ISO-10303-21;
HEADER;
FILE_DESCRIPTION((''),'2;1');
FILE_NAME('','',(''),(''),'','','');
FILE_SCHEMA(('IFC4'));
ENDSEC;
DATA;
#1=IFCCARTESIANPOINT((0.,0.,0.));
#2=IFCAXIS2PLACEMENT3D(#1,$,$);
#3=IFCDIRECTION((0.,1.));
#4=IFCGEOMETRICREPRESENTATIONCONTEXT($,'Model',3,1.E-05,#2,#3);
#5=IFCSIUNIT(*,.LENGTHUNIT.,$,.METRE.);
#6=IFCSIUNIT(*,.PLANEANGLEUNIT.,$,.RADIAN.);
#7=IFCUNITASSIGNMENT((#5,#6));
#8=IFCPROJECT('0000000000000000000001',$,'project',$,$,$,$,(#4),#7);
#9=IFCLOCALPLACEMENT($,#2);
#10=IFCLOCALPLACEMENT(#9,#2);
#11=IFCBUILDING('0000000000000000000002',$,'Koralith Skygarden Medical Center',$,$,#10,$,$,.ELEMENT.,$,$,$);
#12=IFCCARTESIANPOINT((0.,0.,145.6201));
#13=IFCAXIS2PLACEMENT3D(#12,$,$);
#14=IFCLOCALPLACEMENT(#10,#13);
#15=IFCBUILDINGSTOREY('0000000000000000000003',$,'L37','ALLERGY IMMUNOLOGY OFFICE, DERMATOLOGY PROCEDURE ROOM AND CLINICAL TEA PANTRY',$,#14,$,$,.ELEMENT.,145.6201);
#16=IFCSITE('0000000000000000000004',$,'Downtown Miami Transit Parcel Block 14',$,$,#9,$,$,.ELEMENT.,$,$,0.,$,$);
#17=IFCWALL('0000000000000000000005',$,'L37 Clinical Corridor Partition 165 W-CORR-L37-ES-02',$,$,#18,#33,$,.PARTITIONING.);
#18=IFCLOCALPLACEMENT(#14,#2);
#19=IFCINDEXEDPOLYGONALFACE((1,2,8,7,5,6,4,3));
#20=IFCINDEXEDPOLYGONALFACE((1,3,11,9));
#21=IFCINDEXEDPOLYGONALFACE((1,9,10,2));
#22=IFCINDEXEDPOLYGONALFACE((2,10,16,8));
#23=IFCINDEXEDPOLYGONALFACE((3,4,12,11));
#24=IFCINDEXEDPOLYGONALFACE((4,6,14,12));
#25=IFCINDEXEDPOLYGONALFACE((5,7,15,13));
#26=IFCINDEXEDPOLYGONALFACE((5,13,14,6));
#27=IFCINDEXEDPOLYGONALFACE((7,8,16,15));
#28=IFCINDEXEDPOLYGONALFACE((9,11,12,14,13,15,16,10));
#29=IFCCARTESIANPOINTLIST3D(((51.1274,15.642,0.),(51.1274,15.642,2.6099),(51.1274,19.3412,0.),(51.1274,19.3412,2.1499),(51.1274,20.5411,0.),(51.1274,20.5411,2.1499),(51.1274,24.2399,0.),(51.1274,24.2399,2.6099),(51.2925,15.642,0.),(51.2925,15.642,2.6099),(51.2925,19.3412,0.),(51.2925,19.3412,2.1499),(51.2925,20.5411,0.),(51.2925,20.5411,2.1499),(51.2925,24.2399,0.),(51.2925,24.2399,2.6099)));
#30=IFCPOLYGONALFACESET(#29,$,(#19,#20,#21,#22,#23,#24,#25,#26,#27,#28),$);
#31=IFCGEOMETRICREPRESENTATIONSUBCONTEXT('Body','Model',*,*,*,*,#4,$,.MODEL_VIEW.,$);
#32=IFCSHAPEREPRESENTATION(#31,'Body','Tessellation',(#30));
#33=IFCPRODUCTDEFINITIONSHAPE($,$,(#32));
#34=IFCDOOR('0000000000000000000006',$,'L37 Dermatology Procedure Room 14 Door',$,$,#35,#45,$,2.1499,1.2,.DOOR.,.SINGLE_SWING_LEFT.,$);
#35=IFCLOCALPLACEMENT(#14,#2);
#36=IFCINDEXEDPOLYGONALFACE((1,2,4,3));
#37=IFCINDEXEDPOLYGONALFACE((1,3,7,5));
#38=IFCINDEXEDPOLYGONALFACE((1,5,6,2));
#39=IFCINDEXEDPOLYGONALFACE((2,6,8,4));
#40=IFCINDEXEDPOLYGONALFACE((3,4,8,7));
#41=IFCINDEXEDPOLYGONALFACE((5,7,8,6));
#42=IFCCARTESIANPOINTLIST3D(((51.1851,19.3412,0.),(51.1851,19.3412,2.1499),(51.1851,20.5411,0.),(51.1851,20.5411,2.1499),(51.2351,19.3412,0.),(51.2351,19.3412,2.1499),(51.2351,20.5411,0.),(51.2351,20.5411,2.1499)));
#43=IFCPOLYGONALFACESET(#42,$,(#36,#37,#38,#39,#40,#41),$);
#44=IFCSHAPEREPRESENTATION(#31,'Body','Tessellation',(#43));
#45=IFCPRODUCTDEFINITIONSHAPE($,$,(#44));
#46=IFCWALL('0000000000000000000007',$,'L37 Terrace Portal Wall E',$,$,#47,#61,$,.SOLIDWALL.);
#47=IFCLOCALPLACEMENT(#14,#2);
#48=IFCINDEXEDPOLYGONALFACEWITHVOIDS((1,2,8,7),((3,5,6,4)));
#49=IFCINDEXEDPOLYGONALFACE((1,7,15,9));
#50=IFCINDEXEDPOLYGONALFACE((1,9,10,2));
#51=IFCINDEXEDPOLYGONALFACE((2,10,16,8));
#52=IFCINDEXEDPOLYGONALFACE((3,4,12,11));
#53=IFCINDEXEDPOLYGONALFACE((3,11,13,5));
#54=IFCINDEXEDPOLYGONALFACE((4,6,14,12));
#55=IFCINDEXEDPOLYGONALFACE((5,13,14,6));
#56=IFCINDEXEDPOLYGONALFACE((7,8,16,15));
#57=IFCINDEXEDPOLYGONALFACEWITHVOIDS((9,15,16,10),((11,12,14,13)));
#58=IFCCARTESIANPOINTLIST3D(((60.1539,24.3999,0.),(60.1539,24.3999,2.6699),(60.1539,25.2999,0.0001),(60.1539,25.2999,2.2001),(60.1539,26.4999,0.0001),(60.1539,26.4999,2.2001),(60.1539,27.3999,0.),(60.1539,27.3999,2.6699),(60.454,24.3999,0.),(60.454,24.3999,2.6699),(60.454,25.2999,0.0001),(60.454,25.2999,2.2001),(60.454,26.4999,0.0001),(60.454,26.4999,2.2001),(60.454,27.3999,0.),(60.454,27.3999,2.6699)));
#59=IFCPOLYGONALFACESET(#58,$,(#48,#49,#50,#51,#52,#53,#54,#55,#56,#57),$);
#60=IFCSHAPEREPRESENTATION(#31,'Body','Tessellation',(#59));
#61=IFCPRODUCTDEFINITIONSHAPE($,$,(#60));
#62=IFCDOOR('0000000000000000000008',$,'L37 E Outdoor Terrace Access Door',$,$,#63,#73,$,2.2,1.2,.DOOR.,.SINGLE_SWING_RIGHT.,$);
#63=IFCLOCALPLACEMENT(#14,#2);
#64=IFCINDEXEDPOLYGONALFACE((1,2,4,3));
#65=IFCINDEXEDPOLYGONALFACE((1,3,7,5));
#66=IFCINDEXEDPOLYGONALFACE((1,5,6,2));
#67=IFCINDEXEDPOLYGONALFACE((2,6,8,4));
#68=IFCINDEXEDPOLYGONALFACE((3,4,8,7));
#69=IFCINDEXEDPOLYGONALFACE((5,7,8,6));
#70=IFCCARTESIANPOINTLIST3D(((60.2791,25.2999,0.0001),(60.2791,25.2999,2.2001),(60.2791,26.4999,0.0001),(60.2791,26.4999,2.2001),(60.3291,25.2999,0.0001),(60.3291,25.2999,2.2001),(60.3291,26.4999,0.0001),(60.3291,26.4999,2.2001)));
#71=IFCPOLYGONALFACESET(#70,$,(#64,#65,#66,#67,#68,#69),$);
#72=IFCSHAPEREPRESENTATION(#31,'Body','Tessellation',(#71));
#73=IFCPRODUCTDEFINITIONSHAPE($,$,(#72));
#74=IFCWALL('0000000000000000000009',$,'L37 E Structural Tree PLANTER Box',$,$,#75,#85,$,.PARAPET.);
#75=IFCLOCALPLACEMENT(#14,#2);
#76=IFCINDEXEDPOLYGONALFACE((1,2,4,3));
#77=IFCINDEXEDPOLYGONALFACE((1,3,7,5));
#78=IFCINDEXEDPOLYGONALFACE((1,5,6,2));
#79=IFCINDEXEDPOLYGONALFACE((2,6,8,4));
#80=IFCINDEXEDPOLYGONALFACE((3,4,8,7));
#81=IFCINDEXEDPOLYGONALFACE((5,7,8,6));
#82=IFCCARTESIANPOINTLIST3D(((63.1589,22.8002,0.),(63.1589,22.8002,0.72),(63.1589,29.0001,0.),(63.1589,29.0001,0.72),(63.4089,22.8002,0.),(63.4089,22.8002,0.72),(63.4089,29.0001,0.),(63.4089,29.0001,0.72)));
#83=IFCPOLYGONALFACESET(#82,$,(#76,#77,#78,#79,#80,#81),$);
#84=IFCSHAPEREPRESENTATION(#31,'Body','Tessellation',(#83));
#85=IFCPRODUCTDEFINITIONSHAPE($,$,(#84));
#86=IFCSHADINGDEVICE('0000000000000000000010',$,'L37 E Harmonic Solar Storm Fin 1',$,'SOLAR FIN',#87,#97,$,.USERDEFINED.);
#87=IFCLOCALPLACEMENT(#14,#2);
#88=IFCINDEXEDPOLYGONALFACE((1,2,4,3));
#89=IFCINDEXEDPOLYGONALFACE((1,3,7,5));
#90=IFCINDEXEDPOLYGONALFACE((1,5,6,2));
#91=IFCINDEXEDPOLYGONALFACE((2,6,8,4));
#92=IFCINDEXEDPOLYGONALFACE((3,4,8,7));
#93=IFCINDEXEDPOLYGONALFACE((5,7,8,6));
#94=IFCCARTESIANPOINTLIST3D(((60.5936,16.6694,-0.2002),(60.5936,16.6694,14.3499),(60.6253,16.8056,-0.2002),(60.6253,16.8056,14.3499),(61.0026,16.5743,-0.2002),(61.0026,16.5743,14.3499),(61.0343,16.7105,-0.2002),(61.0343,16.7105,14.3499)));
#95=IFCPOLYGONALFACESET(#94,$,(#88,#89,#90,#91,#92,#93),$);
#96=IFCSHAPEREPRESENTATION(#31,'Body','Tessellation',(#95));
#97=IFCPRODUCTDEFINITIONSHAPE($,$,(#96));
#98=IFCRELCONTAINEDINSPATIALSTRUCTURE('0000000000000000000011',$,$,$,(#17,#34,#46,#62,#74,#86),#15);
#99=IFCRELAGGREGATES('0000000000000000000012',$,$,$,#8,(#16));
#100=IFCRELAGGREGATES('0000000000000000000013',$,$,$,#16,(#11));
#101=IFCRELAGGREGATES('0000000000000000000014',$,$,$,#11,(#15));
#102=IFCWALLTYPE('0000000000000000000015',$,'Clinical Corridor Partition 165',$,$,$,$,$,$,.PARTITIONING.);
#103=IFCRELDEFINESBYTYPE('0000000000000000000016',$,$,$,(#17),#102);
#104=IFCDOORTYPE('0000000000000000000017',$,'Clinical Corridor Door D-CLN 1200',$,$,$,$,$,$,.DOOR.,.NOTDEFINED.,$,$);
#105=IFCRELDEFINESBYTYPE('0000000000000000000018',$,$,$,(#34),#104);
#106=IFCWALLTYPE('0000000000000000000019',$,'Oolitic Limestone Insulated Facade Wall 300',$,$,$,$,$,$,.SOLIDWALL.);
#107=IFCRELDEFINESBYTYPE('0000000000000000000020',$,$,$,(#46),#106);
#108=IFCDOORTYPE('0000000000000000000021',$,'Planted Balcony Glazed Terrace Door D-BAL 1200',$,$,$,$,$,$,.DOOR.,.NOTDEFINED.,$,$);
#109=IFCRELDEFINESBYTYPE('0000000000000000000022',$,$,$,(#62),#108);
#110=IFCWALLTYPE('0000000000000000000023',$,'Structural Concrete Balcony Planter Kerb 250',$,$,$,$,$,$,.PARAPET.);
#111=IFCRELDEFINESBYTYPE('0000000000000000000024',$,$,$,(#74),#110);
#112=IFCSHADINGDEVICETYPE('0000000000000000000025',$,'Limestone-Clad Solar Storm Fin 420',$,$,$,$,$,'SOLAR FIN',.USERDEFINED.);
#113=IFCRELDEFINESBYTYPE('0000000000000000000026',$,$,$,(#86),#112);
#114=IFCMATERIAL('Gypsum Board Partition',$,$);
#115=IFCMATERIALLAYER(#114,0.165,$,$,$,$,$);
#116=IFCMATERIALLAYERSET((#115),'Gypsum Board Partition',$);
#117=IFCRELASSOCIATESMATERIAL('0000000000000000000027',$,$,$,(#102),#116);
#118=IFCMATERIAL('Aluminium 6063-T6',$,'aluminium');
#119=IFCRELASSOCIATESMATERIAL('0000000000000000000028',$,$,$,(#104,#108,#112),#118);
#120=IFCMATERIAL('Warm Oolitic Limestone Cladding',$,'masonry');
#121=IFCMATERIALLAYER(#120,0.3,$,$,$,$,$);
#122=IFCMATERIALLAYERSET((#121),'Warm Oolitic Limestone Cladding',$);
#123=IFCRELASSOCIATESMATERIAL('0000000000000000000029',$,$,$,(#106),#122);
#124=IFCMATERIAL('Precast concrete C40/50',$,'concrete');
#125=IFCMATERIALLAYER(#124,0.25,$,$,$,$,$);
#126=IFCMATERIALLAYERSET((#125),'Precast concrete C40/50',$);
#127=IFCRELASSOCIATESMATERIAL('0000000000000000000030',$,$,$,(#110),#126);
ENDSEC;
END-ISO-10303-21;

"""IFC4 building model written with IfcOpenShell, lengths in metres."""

from ifc_helpers import new_model, si_unit, direction, frame, frame_2d, origin, origin_2d, place, context, subcontext, project, spatial, rectangle, extrude, material, layer, layer_set, type_object, element, fill, save


model = new_model("IFC4")

# Units and contexts
model_context = context("Model", 3, precision=1e-05, world=origin(), true_north=direction((0.0, 1.0)))
body_context = subcontext(model_context, "Body", "Model", "MODEL_VIEW")
ifc_project = project(units=[si_unit("LENGTHUNIT", "METRE"), si_unit("PLANEANGLEUNIT", "RADIAN")], contexts=[model_context])

# Site, building, storey
site_placement = place(None, origin())
site = spatial("IfcSite", under=ifc_project, at=site_placement, Name="Downtown Miami Transit Parcel Block 14", CompositionType="ELEMENT", RefElevation=0.0)
building_placement = place(site_placement, origin())
building = spatial("IfcBuilding", under=site, at=building_placement, Name="Koralith Skygarden Medical Center", CompositionType="ELEMENT")
storey_placement = place(building_placement, frame((0.0, 0.0, 145.6201)))
storey = spatial("IfcBuildingStorey", under=building, at=storey_placement, Name="L37", Description="ALLERGY IMMUNOLOGY OFFICE, DERMATOLOGY PROCEDURE ROOM AND CLINICAL TEA PANTRY", CompositionType="ELEMENT", Elevation=145.6201)

# Shared definitions
ifc_material_1 = material(Name="Aluminium 6063-T6", Category="aluminium")

# Shared definitions
ifc_material_2 = material(Name="Gypsum Board Partition")
ifc_layer_1 = layer(ifc_material_2, 0.165)
ifc_layer_set_1 = layer_set([ifc_layer_1], Name="Gypsum Board Partition")
wall_type_1 = type_object("IfcWallType", Name="Clinical Corridor Partition 165", PredefinedType="PARTITIONING", material=ifc_layer_set_1)

# Walls, openings, doors
wall_1_placement = place(storey_placement, frame((51.21, 15.6421, 0.0), z_axis=(0.0, 0.0, 1.0), x_axis=(0.0, 1.0, 0.0)))
wall_1 = element("IfcWall", 1, at=wall_1_placement, inside=storey, type_object=wall_type_1, Name="L37 Clinical Corridor Partition 165 W-CORR-L37-ES-02", PredefinedType="PARTITIONING", context=body_context, shape_type="SweptSolid", body=[
    extrude(rectangle(XDim=8.5979, YDim=0.165, at=frame_2d((4.2988, 0.0))), origin(), (0.0, 0.0, 1.0), 2.6099),
])
opening_1_placement = place(wall_1_placement, frame((3.699, 0.0, 0.0)))
opening_1 = element("IfcOpeningElement", 2, at=opening_1_placement, cuts=wall_1, PredefinedType="OPENING", context=body_context, shape_type="SweptSolid", body=[
    extrude(rectangle(XDim=1.2, YDim=2.1499, at=frame_2d((0.6001, 1.075))), frame((0.0, 0.0925, 0.0), z_axis=(0.0, -1.0, 0.0), x_axis=(1.0, 0.0, 0.0)), (0.0, 0.0, 1.0), 0.1851),
])
door_type_1 = type_object("IfcDoorType", Name="Clinical Corridor Door D-CLN 1200", OperationType="NOTDEFINED", PredefinedType="DOOR", material=ifc_material_1)
door_1_placement = place(opening_1_placement, origin())
door_1 = element("IfcDoor", 3, at=door_1_placement, inside=storey, type_object=door_type_1, Name="L37 Dermatology Procedure Room 14 Door", OperationType="SINGLE_SWING_LEFT", OverallHeight=2.1499, OverallWidth=1.2, PredefinedType="DOOR", context=body_context, shape_type="SweptSolid", body=[
    extrude(rectangle(XDim=1.2, YDim=2.1499, at=frame_2d((0.6001, 1.075))), frame((0.0, 0.0249, 0.0), z_axis=(0.0, -1.0, 0.0), x_axis=(1.0, 0.0, 0.0)), (0.0, 0.0, 1.0), 0.05),
])
fill(opening_1, door_1)
ifc_material_3 = material(Name="Warm Oolitic Limestone Cladding", Category="masonry")
ifc_layer_2 = layer(ifc_material_3, 0.3)
ifc_layer_set_2 = layer_set([ifc_layer_2], Name="Warm Oolitic Limestone Cladding")
wall_type_2 = type_object("IfcWallType", Name="Oolitic Limestone Insulated Facade Wall 300", PredefinedType="SOLIDWALL", material=ifc_layer_set_2)
wall_2_placement = place(storey_placement, frame((60.304, 24.3999, 0.0), z_axis=(0.0, 0.0, 1.0), x_axis=(0.0, 1.0, 0.0)))
wall_2 = element("IfcWall", 4, at=wall_2_placement, inside=storey, type_object=wall_type_2, Name="L37 Terrace Portal Wall E", PredefinedType="SOLIDWALL", context=body_context, shape_type="SweptSolid", body=[
    extrude(rectangle(XDim=3.0, YDim=0.3, at=frame_2d((1.5, 0.0))), origin(), (0.0, 0.0, 1.0), 2.6699),
])
opening_2_placement = place(wall_2_placement, frame((0.8999, 0.0, 0.0)))
opening_2 = element("IfcOpeningElement", 5, at=opening_2_placement, cuts=wall_2, PredefinedType="OPENING", context=body_context, shape_type="SweptSolid", body=[
    extrude(rectangle(XDim=1.2, YDim=2.2, at=frame_2d((0.6001, 1.1001))), frame((0.0, 0.1599, 0.0), z_axis=(0.0, -1.0, 0.0), x_axis=(1.0, 0.0, 0.0)), (0.0, 0.0, 1.0), 0.3201),
])
door_type_2 = type_object("IfcDoorType", Name="Planted Balcony Glazed Terrace Door D-BAL 1200", OperationType="NOTDEFINED", PredefinedType="DOOR", material=ifc_material_1)
door_2_placement = place(opening_2_placement, origin())
door_2 = element("IfcDoor", 6, at=door_2_placement, inside=storey, type_object=door_type_2, Name="L37 E Outdoor Terrace Access Door", OperationType="SINGLE_SWING_RIGHT", OverallHeight=2.2, OverallWidth=1.2, PredefinedType="DOOR", context=body_context, shape_type="SweptSolid", body=[
    extrude(rectangle(XDim=1.2, YDim=2.2, at=frame_2d((0.6001, 1.1001))), frame((0.0, 0.0249, 0.0), z_axis=(0.0, -1.0, 0.0), x_axis=(1.0, 0.0, 0.0)), (0.0, 0.0, 1.0), 0.05),
])
fill(opening_2, door_2)

# Wall
ifc_material_4 = material(Name="Precast concrete C40/50", Category="concrete")
ifc_layer_3 = layer(ifc_material_4, 0.25)
ifc_layer_set_3 = layer_set([ifc_layer_3], Name="Precast concrete C40/50")
wall_type_3 = type_object("IfcWallType", Name="Structural Concrete Balcony Planter Kerb 250", PredefinedType="PARAPET", material=ifc_layer_set_3)
wall_3_placement = place(storey_placement, frame((63.2839, 22.8, 0.0), z_axis=(0.0, 0.0, 1.0), x_axis=(0.0, 1.0, 0.0)))
element("IfcWall", 7, at=wall_3_placement, inside=storey, type_object=wall_type_3, Name="L37 E Structural Tree PLANTER Box", PredefinedType="PARAPET", context=body_context, shape_type="SweptSolid", body=[
    extrude(rectangle(XDim=6.2, YDim=0.25, at=frame_2d((3.1001, 0.0))), origin(), (0.0, 0.0, 1.0), 0.72),
])

# Shading device
shading_device_type_1 = type_object("IfcShadingDeviceType", Name="Limestone-Clad Solar Storm Fin 420", ElementType="SOLAR FIN", PredefinedType="USERDEFINED", material=ifc_material_1)
shading_device_1_placement = place(storey_placement, frame((60.814, 16.6899, -0.2002), z_axis=(0.0, 0.0, 1.0), x_axis=(0.974019, -0.226464, 0.0)))
element("IfcShadingDevice", 8, at=shading_device_1_placement, inside=storey, type_object=shading_device_type_1, Name="L37 E Harmonic Solar Storm Fin 1", ObjectType="SOLAR FIN", PredefinedType="USERDEFINED", context=body_context, shape_type="SweptSolid", body=[
    extrude(rectangle(XDim=0.4199, YDim=0.1399, at=origin_2d()), origin(), (0.0, 0.0, 1.0), 14.55),
])

save(model, "model.ifc")
